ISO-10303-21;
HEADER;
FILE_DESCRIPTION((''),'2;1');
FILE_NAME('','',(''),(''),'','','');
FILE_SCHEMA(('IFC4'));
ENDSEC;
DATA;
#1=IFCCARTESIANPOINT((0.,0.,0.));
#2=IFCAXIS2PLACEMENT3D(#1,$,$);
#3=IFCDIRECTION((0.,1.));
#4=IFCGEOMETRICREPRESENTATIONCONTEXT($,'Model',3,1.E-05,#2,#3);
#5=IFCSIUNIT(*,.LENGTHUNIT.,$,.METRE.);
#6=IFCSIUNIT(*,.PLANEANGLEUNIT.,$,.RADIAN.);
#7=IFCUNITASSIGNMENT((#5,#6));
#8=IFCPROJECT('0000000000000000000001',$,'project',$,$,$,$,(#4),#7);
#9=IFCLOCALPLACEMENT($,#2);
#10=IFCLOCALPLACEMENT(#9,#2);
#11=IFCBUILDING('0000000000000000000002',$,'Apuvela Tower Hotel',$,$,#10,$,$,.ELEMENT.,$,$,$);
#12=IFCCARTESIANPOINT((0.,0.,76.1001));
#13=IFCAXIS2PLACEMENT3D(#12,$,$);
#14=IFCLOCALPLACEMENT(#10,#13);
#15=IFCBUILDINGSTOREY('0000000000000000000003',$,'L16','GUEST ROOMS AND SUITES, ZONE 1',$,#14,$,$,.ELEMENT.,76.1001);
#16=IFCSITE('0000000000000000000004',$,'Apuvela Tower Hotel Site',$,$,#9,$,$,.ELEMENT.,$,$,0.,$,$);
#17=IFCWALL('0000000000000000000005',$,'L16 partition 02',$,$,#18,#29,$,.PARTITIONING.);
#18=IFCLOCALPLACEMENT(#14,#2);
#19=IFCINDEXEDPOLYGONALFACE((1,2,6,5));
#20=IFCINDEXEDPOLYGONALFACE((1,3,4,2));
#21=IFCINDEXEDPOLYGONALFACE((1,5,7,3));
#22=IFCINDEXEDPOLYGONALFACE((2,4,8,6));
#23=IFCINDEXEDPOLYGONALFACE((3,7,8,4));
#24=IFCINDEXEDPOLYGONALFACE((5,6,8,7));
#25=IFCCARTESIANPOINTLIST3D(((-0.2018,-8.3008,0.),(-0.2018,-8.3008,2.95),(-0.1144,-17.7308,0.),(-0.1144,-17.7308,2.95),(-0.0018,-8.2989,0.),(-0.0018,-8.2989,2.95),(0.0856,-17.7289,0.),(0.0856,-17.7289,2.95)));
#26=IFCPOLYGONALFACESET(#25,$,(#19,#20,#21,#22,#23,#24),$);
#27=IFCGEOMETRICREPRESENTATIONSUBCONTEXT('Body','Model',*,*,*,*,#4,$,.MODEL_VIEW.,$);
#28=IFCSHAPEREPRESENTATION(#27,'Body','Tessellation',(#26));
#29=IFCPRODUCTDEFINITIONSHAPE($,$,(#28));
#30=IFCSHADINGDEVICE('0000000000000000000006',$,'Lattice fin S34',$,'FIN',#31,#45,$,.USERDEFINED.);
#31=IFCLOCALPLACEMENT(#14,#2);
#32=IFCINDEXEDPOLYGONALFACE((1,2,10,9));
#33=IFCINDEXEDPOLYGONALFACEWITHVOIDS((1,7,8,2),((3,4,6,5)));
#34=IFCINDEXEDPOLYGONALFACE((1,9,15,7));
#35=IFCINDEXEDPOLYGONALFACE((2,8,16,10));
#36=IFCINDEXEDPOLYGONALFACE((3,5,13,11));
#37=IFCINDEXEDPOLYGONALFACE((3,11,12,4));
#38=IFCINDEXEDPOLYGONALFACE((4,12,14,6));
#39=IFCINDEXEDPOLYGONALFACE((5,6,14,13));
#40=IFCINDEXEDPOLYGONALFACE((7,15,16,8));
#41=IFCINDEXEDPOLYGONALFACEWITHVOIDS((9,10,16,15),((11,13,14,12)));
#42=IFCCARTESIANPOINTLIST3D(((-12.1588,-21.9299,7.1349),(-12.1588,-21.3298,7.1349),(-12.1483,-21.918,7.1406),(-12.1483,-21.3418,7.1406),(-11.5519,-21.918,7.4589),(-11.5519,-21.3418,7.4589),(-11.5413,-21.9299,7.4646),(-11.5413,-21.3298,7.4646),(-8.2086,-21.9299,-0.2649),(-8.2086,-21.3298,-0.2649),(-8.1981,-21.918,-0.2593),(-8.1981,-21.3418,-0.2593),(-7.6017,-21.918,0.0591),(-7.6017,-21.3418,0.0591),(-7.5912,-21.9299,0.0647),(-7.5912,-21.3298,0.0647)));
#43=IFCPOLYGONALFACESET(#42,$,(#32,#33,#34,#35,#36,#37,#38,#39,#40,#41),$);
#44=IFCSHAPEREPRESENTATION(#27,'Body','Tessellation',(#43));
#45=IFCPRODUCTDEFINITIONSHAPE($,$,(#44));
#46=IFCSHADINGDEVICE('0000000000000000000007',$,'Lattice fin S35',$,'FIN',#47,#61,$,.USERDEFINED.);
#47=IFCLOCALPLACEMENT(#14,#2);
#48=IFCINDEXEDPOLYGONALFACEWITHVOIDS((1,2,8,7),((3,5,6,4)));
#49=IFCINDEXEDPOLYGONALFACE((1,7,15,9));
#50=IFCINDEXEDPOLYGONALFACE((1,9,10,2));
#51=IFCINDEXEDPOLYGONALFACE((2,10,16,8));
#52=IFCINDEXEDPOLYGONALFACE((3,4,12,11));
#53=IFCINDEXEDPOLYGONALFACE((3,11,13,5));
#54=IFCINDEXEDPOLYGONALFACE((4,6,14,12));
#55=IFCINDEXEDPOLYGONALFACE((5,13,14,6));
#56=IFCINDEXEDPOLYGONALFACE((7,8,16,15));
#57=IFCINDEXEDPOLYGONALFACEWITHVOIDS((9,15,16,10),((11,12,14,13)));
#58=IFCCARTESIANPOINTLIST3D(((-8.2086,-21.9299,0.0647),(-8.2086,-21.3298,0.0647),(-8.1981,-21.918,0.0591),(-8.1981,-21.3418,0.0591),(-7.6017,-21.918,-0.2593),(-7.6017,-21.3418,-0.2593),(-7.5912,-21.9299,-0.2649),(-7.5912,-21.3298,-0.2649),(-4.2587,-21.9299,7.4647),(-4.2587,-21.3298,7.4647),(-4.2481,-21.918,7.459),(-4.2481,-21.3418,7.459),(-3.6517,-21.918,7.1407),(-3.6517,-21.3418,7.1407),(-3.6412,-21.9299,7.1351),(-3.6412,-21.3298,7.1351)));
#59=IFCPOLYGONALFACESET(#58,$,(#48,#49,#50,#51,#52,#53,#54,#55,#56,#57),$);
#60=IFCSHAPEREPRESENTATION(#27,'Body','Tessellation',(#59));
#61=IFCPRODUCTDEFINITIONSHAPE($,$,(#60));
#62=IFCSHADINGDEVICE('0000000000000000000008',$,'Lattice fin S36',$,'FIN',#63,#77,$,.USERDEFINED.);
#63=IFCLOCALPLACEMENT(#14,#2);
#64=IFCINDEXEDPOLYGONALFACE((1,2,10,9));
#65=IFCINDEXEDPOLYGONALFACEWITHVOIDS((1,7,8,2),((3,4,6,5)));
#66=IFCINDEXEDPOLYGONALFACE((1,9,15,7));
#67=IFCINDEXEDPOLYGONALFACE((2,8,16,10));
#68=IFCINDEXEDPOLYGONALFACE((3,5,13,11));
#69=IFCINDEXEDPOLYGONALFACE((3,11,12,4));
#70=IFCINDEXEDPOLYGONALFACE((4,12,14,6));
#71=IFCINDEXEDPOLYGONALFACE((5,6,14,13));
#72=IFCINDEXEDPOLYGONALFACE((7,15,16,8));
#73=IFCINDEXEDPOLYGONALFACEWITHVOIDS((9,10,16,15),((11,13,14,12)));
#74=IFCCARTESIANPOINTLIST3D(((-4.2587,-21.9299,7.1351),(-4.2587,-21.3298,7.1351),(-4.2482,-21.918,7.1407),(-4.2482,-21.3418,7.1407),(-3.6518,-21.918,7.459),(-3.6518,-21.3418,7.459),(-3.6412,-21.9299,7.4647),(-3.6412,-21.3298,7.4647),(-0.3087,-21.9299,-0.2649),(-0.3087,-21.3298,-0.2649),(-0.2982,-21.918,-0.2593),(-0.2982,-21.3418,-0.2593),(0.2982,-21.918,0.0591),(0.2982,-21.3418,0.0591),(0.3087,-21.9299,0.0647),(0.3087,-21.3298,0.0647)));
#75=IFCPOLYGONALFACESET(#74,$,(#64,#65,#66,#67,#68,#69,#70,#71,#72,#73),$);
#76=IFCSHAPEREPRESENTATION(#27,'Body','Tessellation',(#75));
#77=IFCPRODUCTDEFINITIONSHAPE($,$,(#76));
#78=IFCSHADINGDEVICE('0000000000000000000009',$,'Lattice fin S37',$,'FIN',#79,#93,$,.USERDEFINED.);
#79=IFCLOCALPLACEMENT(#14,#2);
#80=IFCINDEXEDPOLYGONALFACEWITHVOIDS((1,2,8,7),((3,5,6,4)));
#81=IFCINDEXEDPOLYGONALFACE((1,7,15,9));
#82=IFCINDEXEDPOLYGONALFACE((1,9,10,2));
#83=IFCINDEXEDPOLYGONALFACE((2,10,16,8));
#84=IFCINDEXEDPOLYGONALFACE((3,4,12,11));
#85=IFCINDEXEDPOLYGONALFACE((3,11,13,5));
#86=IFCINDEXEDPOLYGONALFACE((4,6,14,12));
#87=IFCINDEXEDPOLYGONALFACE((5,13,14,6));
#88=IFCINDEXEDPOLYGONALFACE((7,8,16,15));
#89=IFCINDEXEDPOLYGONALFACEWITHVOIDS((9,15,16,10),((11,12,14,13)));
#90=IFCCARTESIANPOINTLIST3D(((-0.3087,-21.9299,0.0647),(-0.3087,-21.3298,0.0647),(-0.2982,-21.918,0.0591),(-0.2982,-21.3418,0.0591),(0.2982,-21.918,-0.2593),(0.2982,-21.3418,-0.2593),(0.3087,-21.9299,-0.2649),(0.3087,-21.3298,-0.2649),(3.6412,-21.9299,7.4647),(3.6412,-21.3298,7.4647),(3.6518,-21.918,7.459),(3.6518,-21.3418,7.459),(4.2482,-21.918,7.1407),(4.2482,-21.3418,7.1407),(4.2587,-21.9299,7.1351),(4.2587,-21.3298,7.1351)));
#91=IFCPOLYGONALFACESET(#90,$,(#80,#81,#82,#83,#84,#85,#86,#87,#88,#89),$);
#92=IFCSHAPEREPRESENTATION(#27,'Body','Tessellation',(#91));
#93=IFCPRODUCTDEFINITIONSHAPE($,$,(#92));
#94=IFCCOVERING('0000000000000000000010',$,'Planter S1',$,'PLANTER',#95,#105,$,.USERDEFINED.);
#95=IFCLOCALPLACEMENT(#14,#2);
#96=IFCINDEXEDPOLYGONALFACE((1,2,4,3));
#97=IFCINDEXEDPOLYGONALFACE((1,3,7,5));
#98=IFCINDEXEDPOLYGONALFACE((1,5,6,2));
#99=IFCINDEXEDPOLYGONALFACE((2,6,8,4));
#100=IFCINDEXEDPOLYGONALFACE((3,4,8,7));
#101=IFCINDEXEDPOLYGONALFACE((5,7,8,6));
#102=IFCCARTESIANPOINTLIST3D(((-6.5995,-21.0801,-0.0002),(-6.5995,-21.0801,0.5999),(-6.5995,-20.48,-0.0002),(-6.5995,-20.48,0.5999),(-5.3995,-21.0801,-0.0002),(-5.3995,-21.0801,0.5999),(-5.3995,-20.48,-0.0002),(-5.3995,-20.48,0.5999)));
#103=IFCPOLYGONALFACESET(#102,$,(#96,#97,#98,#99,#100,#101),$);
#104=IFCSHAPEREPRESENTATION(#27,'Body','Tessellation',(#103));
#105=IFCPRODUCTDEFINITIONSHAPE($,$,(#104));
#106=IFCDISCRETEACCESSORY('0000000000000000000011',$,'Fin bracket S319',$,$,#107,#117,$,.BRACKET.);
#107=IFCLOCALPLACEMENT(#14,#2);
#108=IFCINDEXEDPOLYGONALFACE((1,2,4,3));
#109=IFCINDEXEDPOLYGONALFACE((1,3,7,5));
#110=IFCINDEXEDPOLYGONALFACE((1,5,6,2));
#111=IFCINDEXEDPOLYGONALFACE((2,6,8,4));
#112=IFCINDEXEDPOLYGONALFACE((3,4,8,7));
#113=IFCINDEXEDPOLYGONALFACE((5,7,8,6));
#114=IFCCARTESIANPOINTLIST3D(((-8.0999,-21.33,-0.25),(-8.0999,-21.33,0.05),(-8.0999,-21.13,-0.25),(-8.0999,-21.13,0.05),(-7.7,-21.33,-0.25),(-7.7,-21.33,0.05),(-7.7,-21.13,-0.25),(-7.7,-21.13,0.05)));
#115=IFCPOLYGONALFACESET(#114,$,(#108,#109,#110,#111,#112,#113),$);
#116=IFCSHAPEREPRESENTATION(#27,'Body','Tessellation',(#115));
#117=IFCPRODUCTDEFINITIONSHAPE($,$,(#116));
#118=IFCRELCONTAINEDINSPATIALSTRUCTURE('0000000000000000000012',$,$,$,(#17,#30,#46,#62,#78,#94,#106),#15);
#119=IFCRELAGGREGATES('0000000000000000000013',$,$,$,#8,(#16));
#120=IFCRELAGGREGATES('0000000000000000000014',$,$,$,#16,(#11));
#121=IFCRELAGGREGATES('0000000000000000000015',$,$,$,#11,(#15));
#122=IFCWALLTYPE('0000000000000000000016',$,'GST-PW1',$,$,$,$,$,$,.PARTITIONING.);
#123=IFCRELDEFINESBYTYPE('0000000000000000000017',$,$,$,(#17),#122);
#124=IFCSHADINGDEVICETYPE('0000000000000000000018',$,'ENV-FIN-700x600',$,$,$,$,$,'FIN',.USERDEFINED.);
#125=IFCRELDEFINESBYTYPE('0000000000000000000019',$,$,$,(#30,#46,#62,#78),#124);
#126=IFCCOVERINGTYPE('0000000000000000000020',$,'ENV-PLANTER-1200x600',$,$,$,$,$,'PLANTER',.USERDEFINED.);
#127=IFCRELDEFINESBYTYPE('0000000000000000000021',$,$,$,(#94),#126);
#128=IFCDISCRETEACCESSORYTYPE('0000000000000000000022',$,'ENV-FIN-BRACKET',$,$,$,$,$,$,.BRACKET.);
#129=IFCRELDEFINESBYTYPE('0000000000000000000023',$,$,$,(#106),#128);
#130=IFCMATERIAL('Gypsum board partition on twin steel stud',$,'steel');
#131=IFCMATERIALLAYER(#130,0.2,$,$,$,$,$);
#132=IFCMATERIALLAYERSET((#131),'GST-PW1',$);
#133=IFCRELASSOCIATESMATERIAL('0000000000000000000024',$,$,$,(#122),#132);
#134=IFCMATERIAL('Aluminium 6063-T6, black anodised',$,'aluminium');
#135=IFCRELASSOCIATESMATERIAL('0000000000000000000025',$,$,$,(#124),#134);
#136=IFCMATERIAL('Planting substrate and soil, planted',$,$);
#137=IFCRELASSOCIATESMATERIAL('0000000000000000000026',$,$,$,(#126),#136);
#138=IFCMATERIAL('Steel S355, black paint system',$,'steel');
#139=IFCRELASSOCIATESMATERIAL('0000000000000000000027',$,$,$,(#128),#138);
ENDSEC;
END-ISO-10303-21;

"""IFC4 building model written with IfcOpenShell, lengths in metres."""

from ifc_helpers import new_model, si_unit, direction, frame, frame_2d, origin, origin_2d, place, context, subcontext, project, spatial, rectangle, hollow_rectangle, extrude, material, layer, layer_set, material_profile, profile_set, type_object, element, save


model = new_model("IFC4")

# Units and contexts
model_context = context("Model", 3, precision=1e-05, world=origin(), true_north=direction((0.0, 1.0)))
body_context = subcontext(model_context, "Body", "Model", "MODEL_VIEW")
ifc_project = project(units=[si_unit("LENGTHUNIT", "METRE"), si_unit("PLANEANGLEUNIT", "RADIAN")], contexts=[model_context])

# Site, building, storey
site_placement = place(None, origin())
site = spatial("IfcSite", under=ifc_project, at=site_placement, Name="Apuvela Tower Hotel Site", CompositionType="ELEMENT", RefElevation=0.0)
building_placement = place(site_placement, origin())
building = spatial("IfcBuilding", under=site, at=building_placement, Name="Apuvela Tower Hotel", CompositionType="ELEMENT")
storey_placement = place(building_placement, frame((0.0, 0.0, 76.1001)))
storey = spatial("IfcBuildingStorey", under=building, at=storey_placement, Name="L16", Description="GUEST ROOMS AND SUITES, ZONE 1", CompositionType="ELEMENT", Elevation=76.1001)

# Wall
ifc_material_1 = material(Name="Gypsum board partition on twin steel stud", Category="steel")
ifc_layer_1 = layer(ifc_material_1, 0.2)
ifc_layer_set_1 = layer_set([ifc_layer_1], Name="GST-PW1")
wall_type_1 = type_object("IfcWallType", Name="GST-PW1", PredefinedType="PARTITIONING", material=ifc_layer_set_1)
wall_1_placement = place(storey_placement, frame((-0.0144, -17.73, 0.0), z_axis=(0.0, 0.0, 1.0), x_axis=(-0.009268, 0.999957, 0.0)))
element("IfcWall", 1, at=wall_1_placement, inside=storey, type_object=wall_type_1, Name="L16 partition 02", PredefinedType="PARTITIONING", context=body_context, shape_type="SweptSolid", body=[
    extrude(rectangle(XDim=9.4304, YDim=0.2, at=frame_2d((4.7153, 0.0))), origin(), (0.0, 0.0, 1.0), 2.95),
])

# Shading devices
ifc_material_2 = material(Name="Aluminium 6063-T6, black anodised", Category="aluminium")
ifc_material_profile_1 = material_profile(ifc_material_2, hollow_rectangle(XDim=0.6001, YDim=0.7, WallThickness=0.012, at=origin_2d()), Name="AL BOX 700x600x12")
ifc_profile_set_1 = profile_set([ifc_material_profile_1], Name="Aluminium 6063-T6, black anodised")
shading_device_type = type_object("IfcShadingDeviceType", Name="ENV-FIN-700x600", ElementType="FIN", PredefinedType="USERDEFINED", material=ifc_profile_set_1)
for number, where, z_axis, x_axis, name in (
    (2, (-7.8999, -21.6299, -0.1001), (-0.470921, 0.0, 0.882176), (0.0, -1.0, 0.0), "Lattice fin S34"),
    (3, (-7.8999, -21.6299, -0.1001), (0.470898, 0.0, 0.882188), (0.0, 1.0, 0.0), "Lattice fin S35"),
    (4, (0.0, -21.6299, -0.1001), (-0.470898, 0.0, 0.882188), (0.0, -1.0, 0.0), "Lattice fin S36"),
    (5, (0.0, -21.6299, -0.1001), (0.470898, 0.0, 0.882188), (0.0, 1.0, 0.0), "Lattice fin S37"),
):
    element("IfcShadingDevice", number, at=place(storey_placement, frame(where, z_axis=z_axis, x_axis=x_axis)), inside=storey, type_object=shading_device_type, Name=name, ObjectType="FIN", PredefinedType="USERDEFINED", context=body_context, shape_type="SweptSolid", body=[
        extrude(hollow_rectangle(XDim=0.6001, YDim=0.7, WallThickness=0.012, at=origin_2d()), origin(), (0.0, 0.0, 1.0), 8.3882),
    ])

# Covering
ifc_material_3 = material(Name="Planting substrate and soil, planted")
covering_type = type_object("IfcCoveringType", Name="ENV-PLANTER-1200x600", ElementType="PLANTER", PredefinedType="USERDEFINED", material=ifc_material_3)
covering_placement = place(storey_placement, frame((-5.9995, -20.78, -0.0002), z_axis=(0.0, 0.0, 1.0), x_axis=(1.0, 0.0, 0.0)))
element("IfcCovering", 6, at=covering_placement, inside=storey, type_object=covering_type, Name="Planter S1", ObjectType="PLANTER", PredefinedType="USERDEFINED", context=body_context, shape_type="SweptSolid", body=[
    extrude(rectangle(XDim=1.2, YDim=0.6001, at=origin_2d()), origin(), (0.0, 0.0, 1.0), 0.6001),
])

# Discrete accessory
ifc_material_4 = material(Name="Steel S355, black paint system", Category="steel")
discrete_accessory_type = type_object("IfcDiscreteAccessoryType", Name="ENV-FIN-BRACKET", PredefinedType="BRACKET", material=ifc_material_4)
discrete_accessory_placement = place(storey_placement, frame((-7.8999, -21.23, -0.25), z_axis=(0.0, 0.0, 1.0), x_axis=(1.0, 0.0, 0.0)))
element("IfcDiscreteAccessory", 7, at=discrete_accessory_placement, inside=storey, type_object=discrete_accessory_type, Name="Fin bracket S319", PredefinedType="BRACKET", context=body_context, shape_type="SweptSolid", body=[
    extrude(rectangle(XDim=0.3999, YDim=0.2, at=origin_2d()), origin(), (0.0, 0.0, 1.0), 0.3),
])

save(model, "model.ifc")
